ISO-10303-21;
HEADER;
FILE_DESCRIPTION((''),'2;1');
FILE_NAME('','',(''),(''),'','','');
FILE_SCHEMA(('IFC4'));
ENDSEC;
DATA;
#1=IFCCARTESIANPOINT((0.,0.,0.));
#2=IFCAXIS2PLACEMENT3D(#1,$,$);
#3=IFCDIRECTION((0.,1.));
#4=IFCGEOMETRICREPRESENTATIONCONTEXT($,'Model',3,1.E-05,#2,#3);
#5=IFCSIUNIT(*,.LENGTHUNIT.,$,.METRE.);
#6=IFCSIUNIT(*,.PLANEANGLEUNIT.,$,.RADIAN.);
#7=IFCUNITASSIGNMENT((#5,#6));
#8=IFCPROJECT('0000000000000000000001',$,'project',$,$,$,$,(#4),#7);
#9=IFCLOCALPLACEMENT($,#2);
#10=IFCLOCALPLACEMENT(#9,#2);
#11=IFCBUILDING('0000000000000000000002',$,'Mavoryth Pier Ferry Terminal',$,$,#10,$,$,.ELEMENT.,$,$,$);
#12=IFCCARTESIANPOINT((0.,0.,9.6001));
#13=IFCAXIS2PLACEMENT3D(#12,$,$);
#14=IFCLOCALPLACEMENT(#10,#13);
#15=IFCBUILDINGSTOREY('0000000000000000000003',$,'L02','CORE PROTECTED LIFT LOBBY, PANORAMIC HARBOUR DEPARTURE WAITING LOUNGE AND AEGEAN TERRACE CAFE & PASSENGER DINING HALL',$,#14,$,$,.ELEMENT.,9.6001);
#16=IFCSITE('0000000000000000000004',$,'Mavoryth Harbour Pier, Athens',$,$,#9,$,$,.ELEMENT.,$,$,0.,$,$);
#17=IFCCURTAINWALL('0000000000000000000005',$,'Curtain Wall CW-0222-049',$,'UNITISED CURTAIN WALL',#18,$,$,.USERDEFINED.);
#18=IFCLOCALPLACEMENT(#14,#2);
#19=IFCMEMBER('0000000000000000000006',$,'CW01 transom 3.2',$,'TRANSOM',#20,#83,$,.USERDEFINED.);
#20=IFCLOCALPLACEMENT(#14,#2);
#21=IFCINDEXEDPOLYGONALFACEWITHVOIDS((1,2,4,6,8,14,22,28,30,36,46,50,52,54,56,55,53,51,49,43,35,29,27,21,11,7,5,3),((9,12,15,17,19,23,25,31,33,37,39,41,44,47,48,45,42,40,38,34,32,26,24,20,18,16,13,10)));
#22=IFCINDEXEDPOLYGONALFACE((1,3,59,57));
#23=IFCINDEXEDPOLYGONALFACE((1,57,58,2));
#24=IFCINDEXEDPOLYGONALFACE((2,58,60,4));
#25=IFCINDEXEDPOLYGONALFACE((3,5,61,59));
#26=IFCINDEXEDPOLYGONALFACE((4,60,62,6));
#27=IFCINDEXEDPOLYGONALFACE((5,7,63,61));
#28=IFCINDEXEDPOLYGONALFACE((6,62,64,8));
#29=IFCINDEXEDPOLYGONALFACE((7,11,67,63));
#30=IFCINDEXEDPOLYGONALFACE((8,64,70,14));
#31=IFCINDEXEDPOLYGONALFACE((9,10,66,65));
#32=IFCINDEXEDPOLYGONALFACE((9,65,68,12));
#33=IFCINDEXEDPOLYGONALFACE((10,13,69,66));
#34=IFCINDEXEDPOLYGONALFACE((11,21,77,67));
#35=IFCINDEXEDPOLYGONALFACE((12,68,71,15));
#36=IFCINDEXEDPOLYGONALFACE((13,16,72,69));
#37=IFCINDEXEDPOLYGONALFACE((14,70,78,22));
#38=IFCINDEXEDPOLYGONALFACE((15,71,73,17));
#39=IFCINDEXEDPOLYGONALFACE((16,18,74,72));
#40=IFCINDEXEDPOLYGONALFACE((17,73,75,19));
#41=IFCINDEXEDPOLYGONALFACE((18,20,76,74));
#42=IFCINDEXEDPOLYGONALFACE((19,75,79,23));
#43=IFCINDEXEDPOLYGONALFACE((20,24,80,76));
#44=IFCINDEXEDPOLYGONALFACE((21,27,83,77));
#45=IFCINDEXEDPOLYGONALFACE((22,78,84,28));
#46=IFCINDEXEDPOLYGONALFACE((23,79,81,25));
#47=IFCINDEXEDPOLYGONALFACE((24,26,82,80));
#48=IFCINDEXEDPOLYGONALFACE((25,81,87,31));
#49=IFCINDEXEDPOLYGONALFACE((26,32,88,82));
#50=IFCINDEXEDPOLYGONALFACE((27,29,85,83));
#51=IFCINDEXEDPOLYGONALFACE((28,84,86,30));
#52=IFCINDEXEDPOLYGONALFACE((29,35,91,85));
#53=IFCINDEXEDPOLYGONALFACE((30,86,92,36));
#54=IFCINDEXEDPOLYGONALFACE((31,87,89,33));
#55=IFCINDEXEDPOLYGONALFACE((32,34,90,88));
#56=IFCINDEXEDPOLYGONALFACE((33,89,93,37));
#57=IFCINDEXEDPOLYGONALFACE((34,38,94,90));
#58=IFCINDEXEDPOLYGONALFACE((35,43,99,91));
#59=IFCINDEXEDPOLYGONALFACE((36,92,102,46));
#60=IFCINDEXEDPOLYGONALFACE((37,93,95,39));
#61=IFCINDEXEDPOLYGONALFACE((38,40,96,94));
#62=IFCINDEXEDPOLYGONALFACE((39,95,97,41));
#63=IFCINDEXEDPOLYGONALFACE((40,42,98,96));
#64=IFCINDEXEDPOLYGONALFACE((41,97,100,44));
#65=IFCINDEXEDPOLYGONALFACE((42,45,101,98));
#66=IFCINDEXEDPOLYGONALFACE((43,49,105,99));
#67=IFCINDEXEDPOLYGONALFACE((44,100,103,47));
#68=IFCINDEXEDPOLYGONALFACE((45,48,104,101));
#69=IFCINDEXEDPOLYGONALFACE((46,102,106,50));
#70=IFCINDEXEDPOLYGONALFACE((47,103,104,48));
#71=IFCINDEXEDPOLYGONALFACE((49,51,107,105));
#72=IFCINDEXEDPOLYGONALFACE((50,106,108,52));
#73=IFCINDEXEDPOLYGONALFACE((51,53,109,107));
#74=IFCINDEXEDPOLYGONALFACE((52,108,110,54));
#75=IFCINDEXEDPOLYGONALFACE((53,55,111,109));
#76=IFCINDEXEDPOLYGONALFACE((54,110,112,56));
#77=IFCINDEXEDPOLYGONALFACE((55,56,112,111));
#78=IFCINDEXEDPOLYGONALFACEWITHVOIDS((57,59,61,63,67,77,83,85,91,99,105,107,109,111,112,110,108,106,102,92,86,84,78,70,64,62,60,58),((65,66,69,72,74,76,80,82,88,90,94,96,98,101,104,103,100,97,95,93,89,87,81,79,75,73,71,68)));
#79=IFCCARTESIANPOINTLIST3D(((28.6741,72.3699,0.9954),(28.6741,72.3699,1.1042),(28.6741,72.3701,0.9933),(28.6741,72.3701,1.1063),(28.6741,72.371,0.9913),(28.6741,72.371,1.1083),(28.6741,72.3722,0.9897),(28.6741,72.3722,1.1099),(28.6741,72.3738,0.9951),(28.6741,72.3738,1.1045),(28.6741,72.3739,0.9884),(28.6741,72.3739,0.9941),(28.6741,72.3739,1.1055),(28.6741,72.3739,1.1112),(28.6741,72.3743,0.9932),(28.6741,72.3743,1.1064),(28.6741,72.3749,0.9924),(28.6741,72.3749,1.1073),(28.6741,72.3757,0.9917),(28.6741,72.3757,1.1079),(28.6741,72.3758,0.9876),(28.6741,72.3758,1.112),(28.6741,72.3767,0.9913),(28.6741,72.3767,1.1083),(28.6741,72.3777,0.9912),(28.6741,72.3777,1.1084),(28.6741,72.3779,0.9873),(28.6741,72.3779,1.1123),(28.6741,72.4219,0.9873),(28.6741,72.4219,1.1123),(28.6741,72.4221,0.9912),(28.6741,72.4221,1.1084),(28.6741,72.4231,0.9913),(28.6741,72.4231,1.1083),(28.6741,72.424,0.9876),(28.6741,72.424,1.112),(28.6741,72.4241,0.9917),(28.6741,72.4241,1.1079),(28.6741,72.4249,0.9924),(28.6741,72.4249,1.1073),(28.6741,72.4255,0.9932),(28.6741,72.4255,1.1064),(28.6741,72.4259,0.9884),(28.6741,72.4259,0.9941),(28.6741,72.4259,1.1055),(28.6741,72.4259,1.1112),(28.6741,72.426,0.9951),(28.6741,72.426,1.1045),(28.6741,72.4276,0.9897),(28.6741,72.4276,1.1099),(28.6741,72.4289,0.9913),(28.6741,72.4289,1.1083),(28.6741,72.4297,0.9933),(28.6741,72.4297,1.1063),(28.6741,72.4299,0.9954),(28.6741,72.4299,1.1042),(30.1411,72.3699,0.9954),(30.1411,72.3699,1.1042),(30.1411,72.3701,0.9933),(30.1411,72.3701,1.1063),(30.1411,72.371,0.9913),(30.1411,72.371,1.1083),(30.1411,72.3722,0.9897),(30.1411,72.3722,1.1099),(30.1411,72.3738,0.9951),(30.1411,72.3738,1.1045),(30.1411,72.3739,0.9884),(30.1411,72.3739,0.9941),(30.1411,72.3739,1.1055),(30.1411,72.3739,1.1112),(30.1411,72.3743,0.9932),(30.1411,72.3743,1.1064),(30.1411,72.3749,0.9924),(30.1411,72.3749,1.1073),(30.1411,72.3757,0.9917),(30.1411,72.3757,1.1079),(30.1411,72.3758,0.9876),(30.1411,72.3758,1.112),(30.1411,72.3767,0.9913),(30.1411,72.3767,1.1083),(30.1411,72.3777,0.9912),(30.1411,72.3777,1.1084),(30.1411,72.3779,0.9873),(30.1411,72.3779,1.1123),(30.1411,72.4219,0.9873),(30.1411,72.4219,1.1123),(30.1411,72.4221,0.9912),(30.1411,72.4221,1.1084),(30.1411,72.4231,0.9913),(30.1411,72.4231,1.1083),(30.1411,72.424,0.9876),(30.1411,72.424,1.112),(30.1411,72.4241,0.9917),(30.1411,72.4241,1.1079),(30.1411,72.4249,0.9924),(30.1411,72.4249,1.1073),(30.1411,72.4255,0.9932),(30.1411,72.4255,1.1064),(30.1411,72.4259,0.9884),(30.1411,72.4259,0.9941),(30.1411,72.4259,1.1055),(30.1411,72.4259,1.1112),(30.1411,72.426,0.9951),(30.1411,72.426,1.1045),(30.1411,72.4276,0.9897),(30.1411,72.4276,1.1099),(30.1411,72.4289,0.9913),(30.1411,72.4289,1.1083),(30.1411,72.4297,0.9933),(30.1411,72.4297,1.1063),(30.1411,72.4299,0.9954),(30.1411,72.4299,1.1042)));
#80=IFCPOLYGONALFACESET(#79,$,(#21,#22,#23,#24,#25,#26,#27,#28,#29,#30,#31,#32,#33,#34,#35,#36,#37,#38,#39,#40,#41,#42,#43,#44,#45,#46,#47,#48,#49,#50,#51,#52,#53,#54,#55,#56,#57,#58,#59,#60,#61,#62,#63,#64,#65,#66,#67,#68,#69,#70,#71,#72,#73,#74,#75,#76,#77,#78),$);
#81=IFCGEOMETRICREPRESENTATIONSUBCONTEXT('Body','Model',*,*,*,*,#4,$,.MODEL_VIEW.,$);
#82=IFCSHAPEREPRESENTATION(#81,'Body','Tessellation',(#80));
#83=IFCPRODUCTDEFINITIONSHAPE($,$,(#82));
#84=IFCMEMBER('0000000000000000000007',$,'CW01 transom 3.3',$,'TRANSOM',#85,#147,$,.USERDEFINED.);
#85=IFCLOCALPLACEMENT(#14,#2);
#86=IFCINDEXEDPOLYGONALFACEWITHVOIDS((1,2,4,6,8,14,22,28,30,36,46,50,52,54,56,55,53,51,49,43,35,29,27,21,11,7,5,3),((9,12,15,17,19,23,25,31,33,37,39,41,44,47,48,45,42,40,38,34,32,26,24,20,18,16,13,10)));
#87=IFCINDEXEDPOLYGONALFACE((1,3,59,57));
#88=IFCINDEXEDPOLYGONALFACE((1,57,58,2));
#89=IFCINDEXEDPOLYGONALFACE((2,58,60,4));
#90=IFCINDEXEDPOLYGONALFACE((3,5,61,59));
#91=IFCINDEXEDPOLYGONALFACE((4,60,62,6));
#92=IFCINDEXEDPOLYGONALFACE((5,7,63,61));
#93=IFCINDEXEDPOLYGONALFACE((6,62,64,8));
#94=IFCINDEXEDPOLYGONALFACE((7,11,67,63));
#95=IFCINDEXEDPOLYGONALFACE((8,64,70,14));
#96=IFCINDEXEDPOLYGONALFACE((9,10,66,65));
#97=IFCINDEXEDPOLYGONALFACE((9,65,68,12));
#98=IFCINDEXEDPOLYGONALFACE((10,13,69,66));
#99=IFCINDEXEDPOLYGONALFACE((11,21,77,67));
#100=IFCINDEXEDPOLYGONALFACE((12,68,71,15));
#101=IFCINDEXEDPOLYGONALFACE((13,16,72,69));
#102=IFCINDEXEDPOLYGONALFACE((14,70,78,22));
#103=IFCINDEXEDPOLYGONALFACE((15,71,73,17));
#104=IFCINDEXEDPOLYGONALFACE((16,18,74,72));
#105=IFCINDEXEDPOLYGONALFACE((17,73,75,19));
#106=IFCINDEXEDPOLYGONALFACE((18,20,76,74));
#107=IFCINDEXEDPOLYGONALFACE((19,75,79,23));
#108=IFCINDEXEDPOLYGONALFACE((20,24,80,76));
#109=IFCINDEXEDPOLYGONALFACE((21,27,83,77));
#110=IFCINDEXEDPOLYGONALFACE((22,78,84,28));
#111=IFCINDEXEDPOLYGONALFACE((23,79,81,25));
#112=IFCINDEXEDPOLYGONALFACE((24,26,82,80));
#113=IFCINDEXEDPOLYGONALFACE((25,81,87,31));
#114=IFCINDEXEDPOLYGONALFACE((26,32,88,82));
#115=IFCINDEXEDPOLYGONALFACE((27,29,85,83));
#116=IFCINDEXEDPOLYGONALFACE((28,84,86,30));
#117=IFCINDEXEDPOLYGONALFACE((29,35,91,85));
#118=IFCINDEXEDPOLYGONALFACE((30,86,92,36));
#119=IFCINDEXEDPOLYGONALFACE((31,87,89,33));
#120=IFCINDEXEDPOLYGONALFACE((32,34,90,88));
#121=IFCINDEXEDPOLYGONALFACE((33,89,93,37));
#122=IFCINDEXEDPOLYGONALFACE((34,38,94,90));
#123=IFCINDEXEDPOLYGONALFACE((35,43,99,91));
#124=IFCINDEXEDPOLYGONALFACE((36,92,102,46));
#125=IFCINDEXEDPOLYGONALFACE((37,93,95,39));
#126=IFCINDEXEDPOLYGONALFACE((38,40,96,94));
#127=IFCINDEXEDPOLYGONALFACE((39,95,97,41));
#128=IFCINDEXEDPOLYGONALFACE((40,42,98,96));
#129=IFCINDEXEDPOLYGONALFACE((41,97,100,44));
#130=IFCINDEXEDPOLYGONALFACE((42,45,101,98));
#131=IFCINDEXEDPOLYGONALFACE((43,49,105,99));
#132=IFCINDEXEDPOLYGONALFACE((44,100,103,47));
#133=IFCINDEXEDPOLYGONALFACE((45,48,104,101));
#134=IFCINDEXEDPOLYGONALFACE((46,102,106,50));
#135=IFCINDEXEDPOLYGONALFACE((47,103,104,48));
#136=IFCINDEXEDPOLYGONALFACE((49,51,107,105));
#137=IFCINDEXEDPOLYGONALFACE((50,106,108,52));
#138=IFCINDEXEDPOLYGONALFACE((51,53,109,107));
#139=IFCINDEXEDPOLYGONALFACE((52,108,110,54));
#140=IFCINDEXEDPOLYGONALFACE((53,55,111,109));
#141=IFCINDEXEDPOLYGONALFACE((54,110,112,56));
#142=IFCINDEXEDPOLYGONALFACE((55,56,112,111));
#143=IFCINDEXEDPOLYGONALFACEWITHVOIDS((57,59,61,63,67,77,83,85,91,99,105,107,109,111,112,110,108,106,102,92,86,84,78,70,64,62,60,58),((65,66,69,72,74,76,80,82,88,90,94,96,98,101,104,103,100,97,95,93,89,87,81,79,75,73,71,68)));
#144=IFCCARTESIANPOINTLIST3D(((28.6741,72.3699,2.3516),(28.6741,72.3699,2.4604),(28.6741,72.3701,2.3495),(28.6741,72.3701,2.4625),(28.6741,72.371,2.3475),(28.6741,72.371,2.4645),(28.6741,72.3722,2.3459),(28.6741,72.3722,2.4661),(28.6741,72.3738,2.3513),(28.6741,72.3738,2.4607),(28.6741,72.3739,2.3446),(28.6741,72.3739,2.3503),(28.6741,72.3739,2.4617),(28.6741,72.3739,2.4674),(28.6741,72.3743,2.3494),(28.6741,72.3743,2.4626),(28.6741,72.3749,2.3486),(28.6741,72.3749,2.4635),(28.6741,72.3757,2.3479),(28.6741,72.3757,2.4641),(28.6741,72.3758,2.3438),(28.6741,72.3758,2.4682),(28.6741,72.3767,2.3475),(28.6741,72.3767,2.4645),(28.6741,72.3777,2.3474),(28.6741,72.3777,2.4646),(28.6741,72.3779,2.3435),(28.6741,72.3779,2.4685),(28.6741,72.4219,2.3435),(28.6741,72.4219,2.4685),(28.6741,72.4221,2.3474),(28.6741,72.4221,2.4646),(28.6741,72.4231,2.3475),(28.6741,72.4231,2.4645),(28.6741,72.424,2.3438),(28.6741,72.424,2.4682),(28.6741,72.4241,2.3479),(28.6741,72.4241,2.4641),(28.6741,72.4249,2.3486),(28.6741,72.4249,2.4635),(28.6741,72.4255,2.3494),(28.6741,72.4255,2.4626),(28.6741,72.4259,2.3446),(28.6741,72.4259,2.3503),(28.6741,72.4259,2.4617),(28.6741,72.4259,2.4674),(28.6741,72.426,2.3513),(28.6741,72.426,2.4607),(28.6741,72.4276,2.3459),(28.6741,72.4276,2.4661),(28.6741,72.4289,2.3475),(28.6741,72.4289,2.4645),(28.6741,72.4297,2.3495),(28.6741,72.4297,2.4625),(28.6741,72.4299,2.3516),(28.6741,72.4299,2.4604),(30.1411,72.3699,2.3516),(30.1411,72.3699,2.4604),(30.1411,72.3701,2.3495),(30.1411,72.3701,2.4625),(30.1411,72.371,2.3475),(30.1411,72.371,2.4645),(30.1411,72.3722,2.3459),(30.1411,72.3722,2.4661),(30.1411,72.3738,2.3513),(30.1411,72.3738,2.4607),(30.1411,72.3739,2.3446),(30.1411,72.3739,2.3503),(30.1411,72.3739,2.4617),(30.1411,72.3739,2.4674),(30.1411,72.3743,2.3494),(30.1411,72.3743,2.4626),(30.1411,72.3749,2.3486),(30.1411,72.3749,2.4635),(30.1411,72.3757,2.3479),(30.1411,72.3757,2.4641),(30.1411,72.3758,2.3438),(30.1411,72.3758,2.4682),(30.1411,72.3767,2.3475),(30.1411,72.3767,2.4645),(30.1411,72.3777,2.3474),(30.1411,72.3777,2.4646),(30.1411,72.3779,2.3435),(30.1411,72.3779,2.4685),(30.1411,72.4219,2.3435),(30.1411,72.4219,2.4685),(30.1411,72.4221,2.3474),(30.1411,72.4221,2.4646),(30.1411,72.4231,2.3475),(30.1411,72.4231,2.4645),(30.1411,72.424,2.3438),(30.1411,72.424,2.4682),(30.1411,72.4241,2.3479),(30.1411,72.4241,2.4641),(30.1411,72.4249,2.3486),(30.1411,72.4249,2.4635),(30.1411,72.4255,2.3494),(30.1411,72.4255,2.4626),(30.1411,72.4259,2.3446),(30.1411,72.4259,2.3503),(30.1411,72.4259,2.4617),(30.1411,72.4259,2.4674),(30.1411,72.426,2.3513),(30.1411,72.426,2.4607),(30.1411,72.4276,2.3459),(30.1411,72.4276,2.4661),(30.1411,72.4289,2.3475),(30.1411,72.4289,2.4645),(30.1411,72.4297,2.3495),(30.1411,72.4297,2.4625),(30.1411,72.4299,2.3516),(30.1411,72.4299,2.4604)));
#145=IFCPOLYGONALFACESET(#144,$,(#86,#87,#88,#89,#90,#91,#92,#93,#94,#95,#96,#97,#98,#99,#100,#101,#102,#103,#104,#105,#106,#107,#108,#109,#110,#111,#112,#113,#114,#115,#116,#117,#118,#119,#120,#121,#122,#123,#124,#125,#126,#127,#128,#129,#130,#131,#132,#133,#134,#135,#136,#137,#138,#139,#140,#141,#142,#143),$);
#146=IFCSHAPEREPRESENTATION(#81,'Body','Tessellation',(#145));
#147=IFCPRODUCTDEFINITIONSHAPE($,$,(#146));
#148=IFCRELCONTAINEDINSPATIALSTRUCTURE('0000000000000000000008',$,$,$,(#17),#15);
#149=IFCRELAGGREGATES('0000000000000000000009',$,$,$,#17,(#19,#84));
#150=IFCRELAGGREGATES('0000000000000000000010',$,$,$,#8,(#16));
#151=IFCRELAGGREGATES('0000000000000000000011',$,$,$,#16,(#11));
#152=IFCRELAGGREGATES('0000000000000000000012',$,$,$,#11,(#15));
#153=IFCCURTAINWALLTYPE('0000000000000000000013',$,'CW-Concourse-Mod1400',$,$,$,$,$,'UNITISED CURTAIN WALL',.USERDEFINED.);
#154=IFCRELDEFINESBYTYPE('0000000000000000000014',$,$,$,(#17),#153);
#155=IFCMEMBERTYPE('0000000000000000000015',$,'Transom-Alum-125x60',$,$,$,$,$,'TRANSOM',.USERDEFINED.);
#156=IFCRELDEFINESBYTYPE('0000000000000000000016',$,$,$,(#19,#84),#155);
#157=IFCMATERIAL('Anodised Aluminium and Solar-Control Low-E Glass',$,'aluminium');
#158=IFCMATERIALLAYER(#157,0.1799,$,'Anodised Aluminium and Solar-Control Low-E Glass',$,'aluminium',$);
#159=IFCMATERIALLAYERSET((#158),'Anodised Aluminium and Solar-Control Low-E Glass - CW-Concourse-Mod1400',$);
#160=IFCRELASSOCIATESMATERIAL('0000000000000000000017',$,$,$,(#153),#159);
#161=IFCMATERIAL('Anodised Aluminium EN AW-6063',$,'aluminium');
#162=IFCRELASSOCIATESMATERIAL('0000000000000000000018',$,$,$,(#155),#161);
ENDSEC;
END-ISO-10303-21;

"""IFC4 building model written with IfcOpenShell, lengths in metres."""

from ifc_helpers import new_model, si_unit, direction, frame, origin, origin_2d, place, context, subcontext, project, spatial, hollow_rectangle, extrude, material, layer, layer_set, material_profile, profile_set, type_object, element, aggregate, save


model = new_model("IFC4")

# Units and contexts
model_context = context("Model", 3, precision=1e-05, world=origin(), true_north=direction((0.0, 1.0)))
body_context = subcontext(model_context, "Body", "Model", "MODEL_VIEW")
ifc_project = project(units=[si_unit("LENGTHUNIT", "METRE"), si_unit("PLANEANGLEUNIT", "RADIAN")], contexts=[model_context])

# Site, building, storey
site_placement = place(None, origin())
site = spatial("IfcSite", under=ifc_project, at=site_placement, Name="Mavoryth Harbour Pier, Athens", CompositionType="ELEMENT", RefElevation=0.0)
building_placement = place(site_placement, origin())
building = spatial("IfcBuilding", under=site, at=building_placement, Name="Mavoryth Pier Ferry Terminal", CompositionType="ELEMENT")
storey_placement = place(building_placement, frame((0.0, 0.0, 9.6001)))
storey = spatial("IfcBuildingStorey", under=building, at=storey_placement, Name="L02", Description="CORE PROTECTED LIFT LOBBY, PANORAMIC HARBOUR DEPARTURE WAITING LOUNGE AND AEGEAN TERRACE CAFE & PASSENGER DINING HALL", CompositionType="ELEMENT", Elevation=9.6001)

# Shared definitions
ifc_material_1 = material(Name="Anodised Aluminium and Solar-Control Low-E Glass", Category="aluminium")
ifc_layer_1 = layer(ifc_material_1, 0.1799, Name="Anodised Aluminium and Solar-Control Low-E Glass", Category="aluminium")
ifc_layer_set_1 = layer_set([ifc_layer_1], Name="Anodised Aluminium and Solar-Control Low-E Glass - CW-Concourse-Mod1400")
curtain_wall_type = type_object("IfcCurtainWallType", Name="CW-Concourse-Mod1400", ElementType="UNITISED CURTAIN WALL", PredefinedType="USERDEFINED", material=ifc_layer_set_1)
ifc_material_2 = material(Name="Anodised Aluminium EN AW-6063", Category="aluminium")

# Curtain wall
curtain_wall_1_placement = place(storey_placement, origin())
curtain_wall_1 = element("IfcCurtainWall", 1, at=curtain_wall_1_placement, inside=storey, type_object=curtain_wall_type, Name="Curtain Wall CW-0222-049", ObjectType="UNITISED CURTAIN WALL", PredefinedType="USERDEFINED")

# Members
ifc_material_profile_1 = material_profile(ifc_material_2, hollow_rectangle(XDim=0.0601, YDim=0.125, WallThickness=0.0039, InnerFilletRadius=0.0039, OuterFilletRadius=0.0081, at=origin_2d()), Name="AL-TRAN 125x60x4", Category="aluminium")
ifc_profile_set_1 = profile_set([ifc_material_profile_1], Name="Anodised Aluminium EN AW-6063 - AL-TRAN 125x60x4")
member_type_1 = type_object("IfcMemberType", Name="Transom-Alum-125x60", ElementType="TRANSOM", PredefinedType="USERDEFINED", material=ifc_profile_set_1)
member_1_placement = place(storey_placement, frame((28.6741, 72.3999, 1.0498), z_axis=(1.0, 0.0, 0.0), x_axis=(0.0, 1.0, 0.0)))
member_1 = element("IfcMember", 2, at=member_1_placement, type_object=member_type_1, Name="CW01 transom 3.2", ObjectType="TRANSOM", PredefinedType="USERDEFINED", context=body_context, shape_type="SweptSolid", body=[
    extrude(hollow_rectangle(XDim=0.0601, YDim=0.125, WallThickness=0.0039, InnerFilletRadius=0.0039, OuterFilletRadius=0.0081, at=origin_2d()), origin(), (0.0, 0.0, 1.0), 1.467),
])
member_2_placement = place(storey_placement, frame((28.6741, 72.3999, 2.406), z_axis=(1.0, 0.0, 0.0), x_axis=(0.0, 1.0, 0.0)))
member_2 = element("IfcMember", 3, at=member_2_placement, type_object=member_type_1, Name="CW01 transom 3.3", ObjectType="TRANSOM", PredefinedType="USERDEFINED", context=body_context, shape_type="SweptSolid", body=[
    extrude(hollow_rectangle(XDim=0.0601, YDim=0.125, WallThickness=0.0039, InnerFilletRadius=0.0039, OuterFilletRadius=0.0081, at=origin_2d()), origin(), (0.0, 0.0, 1.0), 1.467),
])

aggregate(curtain_wall_1, [member_1, member_2])

save(model, "model.ifc")
